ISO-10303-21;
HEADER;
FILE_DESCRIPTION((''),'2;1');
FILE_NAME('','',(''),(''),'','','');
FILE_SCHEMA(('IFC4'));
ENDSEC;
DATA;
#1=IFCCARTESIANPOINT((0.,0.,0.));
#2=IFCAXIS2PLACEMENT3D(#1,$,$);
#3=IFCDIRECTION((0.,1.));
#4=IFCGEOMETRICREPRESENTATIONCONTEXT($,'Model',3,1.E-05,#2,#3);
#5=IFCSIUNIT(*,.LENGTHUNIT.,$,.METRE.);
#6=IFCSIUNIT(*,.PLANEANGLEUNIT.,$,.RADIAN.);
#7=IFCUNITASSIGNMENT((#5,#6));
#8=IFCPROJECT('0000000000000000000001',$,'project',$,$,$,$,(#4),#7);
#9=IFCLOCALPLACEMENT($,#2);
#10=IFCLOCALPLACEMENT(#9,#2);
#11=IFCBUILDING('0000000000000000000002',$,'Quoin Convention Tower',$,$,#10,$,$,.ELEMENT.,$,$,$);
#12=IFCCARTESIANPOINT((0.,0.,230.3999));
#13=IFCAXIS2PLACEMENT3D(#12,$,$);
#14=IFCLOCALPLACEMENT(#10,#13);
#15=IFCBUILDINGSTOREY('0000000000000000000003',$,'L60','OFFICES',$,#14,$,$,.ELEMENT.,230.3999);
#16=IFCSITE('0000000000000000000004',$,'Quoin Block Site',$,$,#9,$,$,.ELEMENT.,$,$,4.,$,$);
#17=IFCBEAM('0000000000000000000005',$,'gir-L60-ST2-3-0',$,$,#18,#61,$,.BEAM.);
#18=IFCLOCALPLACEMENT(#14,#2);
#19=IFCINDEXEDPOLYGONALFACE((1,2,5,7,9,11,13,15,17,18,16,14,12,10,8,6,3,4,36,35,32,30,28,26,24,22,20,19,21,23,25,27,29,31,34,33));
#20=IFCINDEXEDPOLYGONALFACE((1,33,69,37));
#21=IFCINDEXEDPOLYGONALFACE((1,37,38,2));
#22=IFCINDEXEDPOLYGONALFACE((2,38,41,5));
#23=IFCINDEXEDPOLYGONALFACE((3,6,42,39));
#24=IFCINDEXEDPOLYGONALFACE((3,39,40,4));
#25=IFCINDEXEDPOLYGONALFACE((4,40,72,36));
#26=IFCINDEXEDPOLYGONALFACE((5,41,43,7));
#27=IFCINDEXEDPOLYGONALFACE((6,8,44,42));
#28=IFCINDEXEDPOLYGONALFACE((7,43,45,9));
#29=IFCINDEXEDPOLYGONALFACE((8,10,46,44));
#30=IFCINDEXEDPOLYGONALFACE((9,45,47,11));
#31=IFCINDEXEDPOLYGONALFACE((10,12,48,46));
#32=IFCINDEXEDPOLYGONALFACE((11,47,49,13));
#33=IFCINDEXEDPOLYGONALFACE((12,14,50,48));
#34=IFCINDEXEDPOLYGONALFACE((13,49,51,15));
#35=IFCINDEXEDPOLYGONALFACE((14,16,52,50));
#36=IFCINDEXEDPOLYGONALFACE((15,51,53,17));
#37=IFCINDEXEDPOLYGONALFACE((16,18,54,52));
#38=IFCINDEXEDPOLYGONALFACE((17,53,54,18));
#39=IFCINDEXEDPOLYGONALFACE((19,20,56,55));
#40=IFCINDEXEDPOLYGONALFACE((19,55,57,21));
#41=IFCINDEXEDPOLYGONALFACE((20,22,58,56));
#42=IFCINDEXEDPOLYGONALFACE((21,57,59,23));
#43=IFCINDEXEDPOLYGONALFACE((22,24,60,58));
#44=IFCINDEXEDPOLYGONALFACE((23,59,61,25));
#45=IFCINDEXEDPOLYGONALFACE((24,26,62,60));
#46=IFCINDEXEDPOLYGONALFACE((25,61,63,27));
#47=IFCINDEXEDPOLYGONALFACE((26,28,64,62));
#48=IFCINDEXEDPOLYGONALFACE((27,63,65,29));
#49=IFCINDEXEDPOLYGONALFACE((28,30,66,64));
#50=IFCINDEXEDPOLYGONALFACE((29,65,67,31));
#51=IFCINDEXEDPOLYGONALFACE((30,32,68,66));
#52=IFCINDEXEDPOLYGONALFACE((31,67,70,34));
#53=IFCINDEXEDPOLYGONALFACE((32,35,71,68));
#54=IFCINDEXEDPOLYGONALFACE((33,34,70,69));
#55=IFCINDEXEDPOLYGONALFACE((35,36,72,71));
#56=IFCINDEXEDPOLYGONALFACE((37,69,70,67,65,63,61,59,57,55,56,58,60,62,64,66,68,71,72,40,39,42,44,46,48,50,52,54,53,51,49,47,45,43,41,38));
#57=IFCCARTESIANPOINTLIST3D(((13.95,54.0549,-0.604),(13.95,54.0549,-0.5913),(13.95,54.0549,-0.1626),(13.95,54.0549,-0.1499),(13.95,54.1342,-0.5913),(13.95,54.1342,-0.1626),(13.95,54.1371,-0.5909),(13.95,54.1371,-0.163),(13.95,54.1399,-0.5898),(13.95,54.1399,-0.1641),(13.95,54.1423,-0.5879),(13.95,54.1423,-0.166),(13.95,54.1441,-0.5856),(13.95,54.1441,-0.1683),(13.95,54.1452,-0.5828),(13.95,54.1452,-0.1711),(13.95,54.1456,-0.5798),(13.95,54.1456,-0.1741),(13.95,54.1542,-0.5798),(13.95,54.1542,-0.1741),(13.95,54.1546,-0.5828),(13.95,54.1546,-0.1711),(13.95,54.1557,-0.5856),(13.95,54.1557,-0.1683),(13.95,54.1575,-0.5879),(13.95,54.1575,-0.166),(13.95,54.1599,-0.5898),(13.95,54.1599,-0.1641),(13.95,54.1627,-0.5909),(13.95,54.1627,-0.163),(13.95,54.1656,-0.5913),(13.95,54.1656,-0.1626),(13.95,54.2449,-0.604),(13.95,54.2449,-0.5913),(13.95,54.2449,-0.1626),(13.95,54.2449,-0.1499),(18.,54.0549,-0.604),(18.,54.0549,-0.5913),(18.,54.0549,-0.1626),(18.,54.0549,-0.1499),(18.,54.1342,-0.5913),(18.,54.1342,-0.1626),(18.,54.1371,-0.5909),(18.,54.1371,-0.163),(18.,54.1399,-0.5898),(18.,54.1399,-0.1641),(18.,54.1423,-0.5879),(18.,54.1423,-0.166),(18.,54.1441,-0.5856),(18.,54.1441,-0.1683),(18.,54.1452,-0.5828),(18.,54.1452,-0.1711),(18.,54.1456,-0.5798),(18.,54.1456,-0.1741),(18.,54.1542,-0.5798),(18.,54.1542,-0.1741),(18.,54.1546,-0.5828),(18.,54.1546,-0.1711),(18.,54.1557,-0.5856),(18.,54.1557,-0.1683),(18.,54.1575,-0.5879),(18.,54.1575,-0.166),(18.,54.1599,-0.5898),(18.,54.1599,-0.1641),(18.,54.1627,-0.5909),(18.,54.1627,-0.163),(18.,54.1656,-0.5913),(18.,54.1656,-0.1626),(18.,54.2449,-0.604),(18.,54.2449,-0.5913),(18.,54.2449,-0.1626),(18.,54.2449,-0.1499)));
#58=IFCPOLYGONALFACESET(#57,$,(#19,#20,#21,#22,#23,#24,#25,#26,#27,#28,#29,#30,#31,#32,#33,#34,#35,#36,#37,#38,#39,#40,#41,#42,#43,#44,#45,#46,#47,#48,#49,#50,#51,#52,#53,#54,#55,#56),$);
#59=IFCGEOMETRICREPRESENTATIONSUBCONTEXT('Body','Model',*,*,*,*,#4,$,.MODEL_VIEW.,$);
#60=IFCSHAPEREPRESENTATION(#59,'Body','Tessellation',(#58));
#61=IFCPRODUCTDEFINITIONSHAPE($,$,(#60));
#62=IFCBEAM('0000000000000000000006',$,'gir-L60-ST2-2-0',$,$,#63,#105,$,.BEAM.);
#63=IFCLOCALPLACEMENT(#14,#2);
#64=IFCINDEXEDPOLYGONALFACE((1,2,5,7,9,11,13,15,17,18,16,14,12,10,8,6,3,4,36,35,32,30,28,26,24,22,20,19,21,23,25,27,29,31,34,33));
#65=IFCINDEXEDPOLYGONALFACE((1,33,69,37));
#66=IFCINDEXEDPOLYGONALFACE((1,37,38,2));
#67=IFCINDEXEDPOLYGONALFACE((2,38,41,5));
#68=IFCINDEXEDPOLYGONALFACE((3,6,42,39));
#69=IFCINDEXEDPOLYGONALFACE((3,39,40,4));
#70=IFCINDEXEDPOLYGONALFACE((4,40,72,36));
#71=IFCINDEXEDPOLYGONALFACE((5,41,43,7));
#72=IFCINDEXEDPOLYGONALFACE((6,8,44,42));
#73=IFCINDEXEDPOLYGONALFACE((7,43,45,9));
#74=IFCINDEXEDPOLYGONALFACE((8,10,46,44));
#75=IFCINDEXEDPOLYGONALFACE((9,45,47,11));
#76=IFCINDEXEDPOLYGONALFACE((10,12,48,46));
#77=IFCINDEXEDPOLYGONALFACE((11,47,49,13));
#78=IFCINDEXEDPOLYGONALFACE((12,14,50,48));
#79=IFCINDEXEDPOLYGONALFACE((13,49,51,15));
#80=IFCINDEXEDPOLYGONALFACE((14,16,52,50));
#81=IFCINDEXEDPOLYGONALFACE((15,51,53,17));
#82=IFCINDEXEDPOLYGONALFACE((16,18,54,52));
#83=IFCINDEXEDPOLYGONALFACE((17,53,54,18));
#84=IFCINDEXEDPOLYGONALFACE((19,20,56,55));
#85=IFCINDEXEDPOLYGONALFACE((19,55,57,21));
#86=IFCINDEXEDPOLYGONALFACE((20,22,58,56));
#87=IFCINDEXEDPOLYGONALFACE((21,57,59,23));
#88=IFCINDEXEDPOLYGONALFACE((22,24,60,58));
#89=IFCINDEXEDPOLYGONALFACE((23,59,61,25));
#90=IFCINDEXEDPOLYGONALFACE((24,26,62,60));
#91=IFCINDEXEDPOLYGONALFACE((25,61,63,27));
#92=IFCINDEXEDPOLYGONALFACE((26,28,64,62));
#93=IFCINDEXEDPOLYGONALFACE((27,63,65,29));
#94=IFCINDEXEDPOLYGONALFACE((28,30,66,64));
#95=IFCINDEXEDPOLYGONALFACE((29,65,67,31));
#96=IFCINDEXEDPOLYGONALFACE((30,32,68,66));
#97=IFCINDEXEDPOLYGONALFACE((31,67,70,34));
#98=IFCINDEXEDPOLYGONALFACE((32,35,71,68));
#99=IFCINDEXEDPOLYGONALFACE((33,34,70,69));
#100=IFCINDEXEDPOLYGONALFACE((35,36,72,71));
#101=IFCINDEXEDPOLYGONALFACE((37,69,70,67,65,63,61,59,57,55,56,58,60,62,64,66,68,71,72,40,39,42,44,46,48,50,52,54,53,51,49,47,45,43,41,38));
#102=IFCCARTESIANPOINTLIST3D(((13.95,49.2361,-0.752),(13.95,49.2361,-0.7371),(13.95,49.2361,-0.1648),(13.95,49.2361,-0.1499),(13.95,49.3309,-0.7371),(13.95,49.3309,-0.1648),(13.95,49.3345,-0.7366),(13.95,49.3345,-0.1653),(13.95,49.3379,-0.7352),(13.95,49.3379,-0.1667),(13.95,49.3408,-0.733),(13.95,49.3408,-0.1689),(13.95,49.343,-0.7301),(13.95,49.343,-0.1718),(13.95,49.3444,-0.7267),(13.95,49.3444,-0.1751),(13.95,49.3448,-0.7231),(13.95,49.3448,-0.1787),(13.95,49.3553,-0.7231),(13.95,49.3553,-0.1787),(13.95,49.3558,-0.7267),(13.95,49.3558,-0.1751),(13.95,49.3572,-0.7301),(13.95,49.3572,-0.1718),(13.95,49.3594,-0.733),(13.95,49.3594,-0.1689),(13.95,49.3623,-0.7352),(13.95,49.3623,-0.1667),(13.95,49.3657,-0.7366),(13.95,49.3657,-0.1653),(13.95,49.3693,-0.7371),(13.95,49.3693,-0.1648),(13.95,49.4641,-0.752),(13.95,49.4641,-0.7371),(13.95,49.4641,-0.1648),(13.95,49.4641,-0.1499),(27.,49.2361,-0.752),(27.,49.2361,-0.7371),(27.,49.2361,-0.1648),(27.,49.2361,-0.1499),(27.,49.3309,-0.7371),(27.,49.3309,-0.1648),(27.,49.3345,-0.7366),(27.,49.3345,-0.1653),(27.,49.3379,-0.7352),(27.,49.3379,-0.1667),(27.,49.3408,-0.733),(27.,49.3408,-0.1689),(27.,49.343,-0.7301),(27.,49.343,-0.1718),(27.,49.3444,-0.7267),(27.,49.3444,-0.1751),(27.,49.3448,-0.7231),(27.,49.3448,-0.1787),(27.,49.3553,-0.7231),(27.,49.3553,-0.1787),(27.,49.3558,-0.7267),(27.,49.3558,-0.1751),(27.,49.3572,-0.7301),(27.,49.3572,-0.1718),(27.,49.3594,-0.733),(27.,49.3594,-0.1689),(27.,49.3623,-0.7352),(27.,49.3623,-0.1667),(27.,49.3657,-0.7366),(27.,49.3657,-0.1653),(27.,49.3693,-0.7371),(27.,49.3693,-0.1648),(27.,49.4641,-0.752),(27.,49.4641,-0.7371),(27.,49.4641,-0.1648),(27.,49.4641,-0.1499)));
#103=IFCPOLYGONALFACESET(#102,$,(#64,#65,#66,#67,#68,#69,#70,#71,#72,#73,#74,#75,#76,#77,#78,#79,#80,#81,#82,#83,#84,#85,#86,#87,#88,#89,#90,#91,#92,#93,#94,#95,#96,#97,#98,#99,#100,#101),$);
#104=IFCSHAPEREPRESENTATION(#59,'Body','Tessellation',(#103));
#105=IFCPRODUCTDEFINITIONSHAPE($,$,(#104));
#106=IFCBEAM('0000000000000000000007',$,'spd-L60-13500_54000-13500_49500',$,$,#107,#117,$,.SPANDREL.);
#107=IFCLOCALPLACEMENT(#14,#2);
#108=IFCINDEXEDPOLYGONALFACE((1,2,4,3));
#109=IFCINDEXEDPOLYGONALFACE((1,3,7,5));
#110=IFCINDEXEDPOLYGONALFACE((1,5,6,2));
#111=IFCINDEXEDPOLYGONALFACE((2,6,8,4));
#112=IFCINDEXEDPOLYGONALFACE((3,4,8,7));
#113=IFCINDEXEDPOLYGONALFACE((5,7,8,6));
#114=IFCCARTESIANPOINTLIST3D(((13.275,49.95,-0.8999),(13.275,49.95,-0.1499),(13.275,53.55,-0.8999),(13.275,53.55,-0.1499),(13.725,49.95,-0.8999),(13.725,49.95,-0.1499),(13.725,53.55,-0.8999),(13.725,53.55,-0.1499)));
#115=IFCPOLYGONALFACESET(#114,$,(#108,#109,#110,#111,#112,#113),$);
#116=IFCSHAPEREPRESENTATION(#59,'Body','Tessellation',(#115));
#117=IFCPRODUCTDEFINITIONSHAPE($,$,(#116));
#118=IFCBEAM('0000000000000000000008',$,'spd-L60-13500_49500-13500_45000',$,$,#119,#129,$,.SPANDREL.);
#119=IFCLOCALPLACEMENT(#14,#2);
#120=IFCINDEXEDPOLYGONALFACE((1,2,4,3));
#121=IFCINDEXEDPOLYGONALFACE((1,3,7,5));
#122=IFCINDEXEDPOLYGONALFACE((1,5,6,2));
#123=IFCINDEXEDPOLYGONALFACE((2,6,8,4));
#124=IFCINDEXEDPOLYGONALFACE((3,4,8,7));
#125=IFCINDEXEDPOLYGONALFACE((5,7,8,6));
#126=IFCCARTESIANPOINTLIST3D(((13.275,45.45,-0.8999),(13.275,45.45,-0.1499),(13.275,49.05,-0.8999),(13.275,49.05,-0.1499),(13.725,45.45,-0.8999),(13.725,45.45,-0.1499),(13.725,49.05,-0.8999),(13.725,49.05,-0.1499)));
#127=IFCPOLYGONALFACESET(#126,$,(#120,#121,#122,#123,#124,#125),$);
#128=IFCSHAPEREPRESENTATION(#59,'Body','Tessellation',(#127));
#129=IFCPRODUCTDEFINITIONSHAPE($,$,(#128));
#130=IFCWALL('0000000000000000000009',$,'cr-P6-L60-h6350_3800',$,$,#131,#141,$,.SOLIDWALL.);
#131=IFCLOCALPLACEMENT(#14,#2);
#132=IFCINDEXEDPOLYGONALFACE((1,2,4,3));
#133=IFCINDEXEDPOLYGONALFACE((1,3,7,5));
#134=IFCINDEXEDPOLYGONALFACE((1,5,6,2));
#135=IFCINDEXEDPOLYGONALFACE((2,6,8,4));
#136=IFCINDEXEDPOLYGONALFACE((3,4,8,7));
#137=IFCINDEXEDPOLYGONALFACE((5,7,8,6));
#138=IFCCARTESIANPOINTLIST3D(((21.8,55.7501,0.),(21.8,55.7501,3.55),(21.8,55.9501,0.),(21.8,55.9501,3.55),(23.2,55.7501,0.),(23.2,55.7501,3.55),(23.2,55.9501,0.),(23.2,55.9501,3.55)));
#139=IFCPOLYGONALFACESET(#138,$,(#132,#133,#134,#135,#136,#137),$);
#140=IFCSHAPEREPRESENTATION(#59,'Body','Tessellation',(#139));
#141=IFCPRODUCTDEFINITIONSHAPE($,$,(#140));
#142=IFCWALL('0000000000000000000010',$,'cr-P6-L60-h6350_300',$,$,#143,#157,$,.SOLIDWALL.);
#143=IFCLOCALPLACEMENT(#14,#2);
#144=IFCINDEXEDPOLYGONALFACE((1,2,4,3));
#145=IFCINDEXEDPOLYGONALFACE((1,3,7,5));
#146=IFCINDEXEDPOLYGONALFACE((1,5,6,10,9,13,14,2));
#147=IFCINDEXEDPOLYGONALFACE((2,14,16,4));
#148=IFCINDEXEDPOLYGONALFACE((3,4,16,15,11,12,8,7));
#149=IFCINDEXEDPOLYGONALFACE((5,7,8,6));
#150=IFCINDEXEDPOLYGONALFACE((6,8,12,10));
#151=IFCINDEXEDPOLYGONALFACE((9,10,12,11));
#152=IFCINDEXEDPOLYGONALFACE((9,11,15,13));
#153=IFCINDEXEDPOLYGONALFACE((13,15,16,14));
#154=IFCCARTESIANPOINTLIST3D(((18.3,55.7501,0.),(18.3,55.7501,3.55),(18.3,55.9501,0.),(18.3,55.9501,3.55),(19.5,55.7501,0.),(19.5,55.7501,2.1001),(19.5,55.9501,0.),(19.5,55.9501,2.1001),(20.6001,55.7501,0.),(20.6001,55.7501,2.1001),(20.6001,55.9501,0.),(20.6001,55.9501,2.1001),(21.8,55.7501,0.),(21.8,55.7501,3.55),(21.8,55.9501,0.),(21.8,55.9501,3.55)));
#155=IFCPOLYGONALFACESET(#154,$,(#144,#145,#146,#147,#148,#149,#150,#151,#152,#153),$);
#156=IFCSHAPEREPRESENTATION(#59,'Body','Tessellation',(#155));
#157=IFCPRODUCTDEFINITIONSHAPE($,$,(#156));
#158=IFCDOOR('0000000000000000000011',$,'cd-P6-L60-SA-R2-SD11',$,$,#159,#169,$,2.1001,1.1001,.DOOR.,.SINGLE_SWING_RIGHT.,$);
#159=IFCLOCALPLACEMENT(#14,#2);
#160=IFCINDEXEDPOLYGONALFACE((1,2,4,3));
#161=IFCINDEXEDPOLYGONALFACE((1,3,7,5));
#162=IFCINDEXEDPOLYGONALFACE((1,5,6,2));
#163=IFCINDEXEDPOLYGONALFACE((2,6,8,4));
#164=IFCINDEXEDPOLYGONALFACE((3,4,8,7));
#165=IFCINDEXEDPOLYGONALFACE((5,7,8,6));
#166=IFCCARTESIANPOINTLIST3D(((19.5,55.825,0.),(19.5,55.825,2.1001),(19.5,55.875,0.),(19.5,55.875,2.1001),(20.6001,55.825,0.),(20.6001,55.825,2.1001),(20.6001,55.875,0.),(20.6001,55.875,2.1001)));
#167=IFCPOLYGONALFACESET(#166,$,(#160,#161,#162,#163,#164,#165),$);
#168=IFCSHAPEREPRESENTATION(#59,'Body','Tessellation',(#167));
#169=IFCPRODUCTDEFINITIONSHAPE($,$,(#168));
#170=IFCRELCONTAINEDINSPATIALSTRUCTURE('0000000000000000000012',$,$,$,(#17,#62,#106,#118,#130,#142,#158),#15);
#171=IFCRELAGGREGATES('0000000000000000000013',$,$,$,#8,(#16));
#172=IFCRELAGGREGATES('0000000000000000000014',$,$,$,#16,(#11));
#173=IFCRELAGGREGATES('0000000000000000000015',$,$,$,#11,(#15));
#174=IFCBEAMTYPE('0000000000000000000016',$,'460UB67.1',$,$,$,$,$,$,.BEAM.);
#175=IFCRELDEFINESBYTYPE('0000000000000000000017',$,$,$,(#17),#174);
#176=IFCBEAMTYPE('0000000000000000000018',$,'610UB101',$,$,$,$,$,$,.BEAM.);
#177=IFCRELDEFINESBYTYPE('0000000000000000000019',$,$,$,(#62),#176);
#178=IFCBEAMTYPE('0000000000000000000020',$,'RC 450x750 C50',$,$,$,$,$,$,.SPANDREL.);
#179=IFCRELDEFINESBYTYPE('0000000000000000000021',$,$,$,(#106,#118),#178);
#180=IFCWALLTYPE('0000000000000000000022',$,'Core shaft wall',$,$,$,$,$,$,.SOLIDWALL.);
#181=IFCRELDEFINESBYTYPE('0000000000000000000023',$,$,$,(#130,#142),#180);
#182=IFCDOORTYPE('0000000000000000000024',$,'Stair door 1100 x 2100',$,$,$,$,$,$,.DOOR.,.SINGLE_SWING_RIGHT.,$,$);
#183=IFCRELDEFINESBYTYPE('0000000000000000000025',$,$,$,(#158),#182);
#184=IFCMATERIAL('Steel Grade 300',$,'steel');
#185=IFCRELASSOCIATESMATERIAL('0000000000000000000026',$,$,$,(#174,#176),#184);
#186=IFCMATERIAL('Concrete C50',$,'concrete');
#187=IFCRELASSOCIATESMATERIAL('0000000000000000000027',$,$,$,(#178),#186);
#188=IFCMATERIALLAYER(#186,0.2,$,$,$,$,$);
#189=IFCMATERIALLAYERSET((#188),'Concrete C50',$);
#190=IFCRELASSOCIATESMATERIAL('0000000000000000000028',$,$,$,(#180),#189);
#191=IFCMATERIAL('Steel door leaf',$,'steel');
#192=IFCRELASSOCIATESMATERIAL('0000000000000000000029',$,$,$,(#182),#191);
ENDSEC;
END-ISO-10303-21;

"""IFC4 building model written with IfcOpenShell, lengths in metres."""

from ifc_helpers import new_model, si_unit, direction, frame, frame_2d, origin, origin_2d, place, context, subcontext, project, spatial, rectangle, i_section, extrude, material, layer, layer_set, material_profile, profile_set, type_object, element, fill, save


model = new_model("IFC4")

# Units and contexts
model_context = context("Model", 3, precision=1e-05, world=origin(), true_north=direction((0.0, 1.0)))
body_context = subcontext(model_context, "Body", "Model", "MODEL_VIEW")
ifc_project = project(units=[si_unit("LENGTHUNIT", "METRE"), si_unit("PLANEANGLEUNIT", "RADIAN")], contexts=[model_context])

# Site, building, storey
site_placement = place(None, origin())
site = spatial("IfcSite", under=ifc_project, at=site_placement, Name="Quoin Block Site", CompositionType="ELEMENT", RefElevation=4.0)
building_placement = place(site_placement, origin())
building = spatial("IfcBuilding", under=site, at=building_placement, Name="Quoin Convention Tower", CompositionType="ELEMENT")
storey_placement = place(building_placement, frame((0.0, 0.0, 230.3999)))
storey = spatial("IfcBuildingStorey", under=building, at=storey_placement, Name="L60", Description="OFFICES", CompositionType="ELEMENT", Elevation=230.3999)

# Shared definitions
ifc_material_1 = material(Name="Concrete C50", Category="concrete")

# Beams
ifc_material_2 = material(Name="Steel Grade 300", Category="steel")
ifc_material_profile_1 = material_profile(ifc_material_2, i_section(OverallWidth=0.1899, OverallDepth=0.4541, WebThickness=0.0085, FlangeThickness=0.0127, FilletRadius=0.0115, at=origin_2d()), Name="460UB67.1")
ifc_profile_set_1 = profile_set([ifc_material_profile_1], Name="Steel Grade 300")
beam_type_1 = type_object("IfcBeamType", Name="460UB67.1", PredefinedType="BEAM", material=ifc_profile_set_1)
beam_1_placement = place(storey_placement, frame((13.95, 54.1499, -0.377), z_axis=(1.0, 0.0, 0.0), x_axis=(0.0, 1.0, 0.0)))
element("IfcBeam", 1, at=beam_1_placement, inside=storey, type_object=beam_type_1, Name="gir-L60-ST2-3-0", PredefinedType="BEAM", context=body_context, shape_type="SweptSolid", body=[
    extrude(i_section(OverallWidth=0.1899, OverallDepth=0.4541, WebThickness=0.0085, FlangeThickness=0.0127, FilletRadius=0.0115, at=origin_2d()), origin(), (0.0, 0.0, 1.0), 4.05),
])
ifc_material_profile_2 = material_profile(ifc_material_2, i_section(OverallWidth=0.228, OverallDepth=0.6021, WebThickness=0.0105, FlangeThickness=0.0149, FilletRadius=0.0139, at=origin_2d()), Name="610UB101")
ifc_profile_set_2 = profile_set([ifc_material_profile_2], Name="Steel Grade 300")
beam_type_2 = type_object("IfcBeamType", Name="610UB101", PredefinedType="BEAM", material=ifc_profile_set_2)
beam_2_placement = place(storey_placement, frame((13.95, 49.3501, -0.4509), z_axis=(1.0, 0.0, 0.0), x_axis=(0.0, 1.0, 0.0)))
element("IfcBeam", 2, at=beam_2_placement, inside=storey, type_object=beam_type_2, Name="gir-L60-ST2-2-0", PredefinedType="BEAM", context=body_context, shape_type="SweptSolid", body=[
    extrude(i_section(OverallWidth=0.228, OverallDepth=0.6021, WebThickness=0.0105, FlangeThickness=0.0149, FilletRadius=0.0139, at=origin_2d()), origin(), (0.0, 0.0, 1.0), 13.05),
])
ifc_material_profile_3 = material_profile(ifc_material_1, rectangle(XDim=0.45, YDim=0.75, at=origin_2d()), Name="RC 450x750")
ifc_profile_set_3 = profile_set([ifc_material_profile_3], Name="Concrete C50")
beam_type_3 = type_object("IfcBeamType", Name="RC 450x750 C50", PredefinedType="SPANDREL", material=ifc_profile_set_3)
for number, where, z_axis, x_axis, name in (
    (3, (13.5, 53.55, -0.5249), (0.0, -1.0, 0.0), (1.0, 0.0, 0.0), "spd-L60-13500_54000-13500_49500"),
    (4, (13.5, 49.05, -0.5249), (0.0, -1.0, 0.0), (1.0, 0.0, 0.0), "spd-L60-13500_49500-13500_45000"),
):
    element("IfcBeam", number, at=place(storey_placement, frame(where, z_axis=z_axis, x_axis=x_axis)), inside=storey, type_object=beam_type_3, Name=name, PredefinedType="SPANDREL", context=body_context, shape_type="SweptSolid", body=[
        extrude(rectangle(XDim=0.45, YDim=0.75, at=origin_2d()), origin(), (0.0, 0.0, 1.0), 3.6001),
    ])

# Wall
ifc_layer_1 = layer(ifc_material_1, 0.2)
ifc_layer_set_1 = layer_set([ifc_layer_1], Name="Concrete C50")
wall_type_1 = type_object("IfcWallType", Name="Core shaft wall", PredefinedType="SOLIDWALL", material=ifc_layer_set_1)
wall_1_placement = place(storey_placement, frame((21.8, 55.8501, 0.0), z_axis=(0.0, 0.0, 1.0), x_axis=(1.0, 0.0, 0.0)))
element("IfcWall", 5, at=wall_1_placement, inside=storey, type_object=wall_type_1, Name="cr-P6-L60-h6350_3800", PredefinedType="SOLIDWALL", context=body_context, shape_type="SweptSolid", body=[
    extrude(rectangle(XDim=1.3999, YDim=0.2, at=frame_2d((0.7, 0.0))), origin(), (0.0, 0.0, 1.0), 3.55),
])

# Wall, opening, door
wall_2_placement = place(storey_placement, frame((18.3, 55.8501, 0.0), z_axis=(0.0, 0.0, 1.0), x_axis=(1.0, 0.0, 0.0)))
wall_2 = element("IfcWall", 6, at=wall_2_placement, inside=storey, type_object=wall_type_1, Name="cr-P6-L60-h6350_300", PredefinedType="SOLIDWALL", context=body_context, shape_type="SweptSolid", body=[
    extrude(rectangle(XDim=3.5, YDim=0.2, at=frame_2d((1.75, 0.0))), origin(), (0.0, 0.0, 1.0), 3.55),
])
opening_1_placement = place(wall_2_placement, frame((1.2, 0.0, 0.0)))
opening_1 = element("IfcOpeningElement", 7, at=opening_1_placement, cuts=wall_2, PredefinedType="OPENING", context=body_context, shape_type="SweptSolid", body=[
    extrude(rectangle(XDim=1.1001, YDim=2.1001, at=frame_2d((0.55, 1.05))), frame((0.0, 0.1099, 0.0), z_axis=(0.0, -1.0, 0.0), x_axis=(1.0, 0.0, 0.0)), (0.0, 0.0, 1.0), 0.22),
])
ifc_material_3 = material(Name="Steel door leaf", Category="steel")
door_type_1 = type_object("IfcDoorType", Name="Stair door 1100 x 2100", OperationType="SINGLE_SWING_RIGHT", PredefinedType="DOOR", material=ifc_material_3)
door_1_placement = place(opening_1_placement, origin())
door_1 = element("IfcDoor", 8, at=door_1_placement, inside=storey, type_object=door_type_1, Name="cd-P6-L60-SA-R2-SD11", OperationType="SINGLE_SWING_RIGHT", OverallHeight=2.1001, OverallWidth=1.1001, PredefinedType="DOOR", context=body_context, shape_type="SweptSolid", body=[
    extrude(rectangle(XDim=1.1001, YDim=2.1001, at=frame_2d((0.55, 1.05))), frame((0.0, 0.0249, 0.0), z_axis=(0.0, -1.0, 0.0), x_axis=(1.0, 0.0, 0.0)), (0.0, 0.0, 1.0), 0.05),
])
fill(opening_1, door_1)

save(model, "model.ifc")
